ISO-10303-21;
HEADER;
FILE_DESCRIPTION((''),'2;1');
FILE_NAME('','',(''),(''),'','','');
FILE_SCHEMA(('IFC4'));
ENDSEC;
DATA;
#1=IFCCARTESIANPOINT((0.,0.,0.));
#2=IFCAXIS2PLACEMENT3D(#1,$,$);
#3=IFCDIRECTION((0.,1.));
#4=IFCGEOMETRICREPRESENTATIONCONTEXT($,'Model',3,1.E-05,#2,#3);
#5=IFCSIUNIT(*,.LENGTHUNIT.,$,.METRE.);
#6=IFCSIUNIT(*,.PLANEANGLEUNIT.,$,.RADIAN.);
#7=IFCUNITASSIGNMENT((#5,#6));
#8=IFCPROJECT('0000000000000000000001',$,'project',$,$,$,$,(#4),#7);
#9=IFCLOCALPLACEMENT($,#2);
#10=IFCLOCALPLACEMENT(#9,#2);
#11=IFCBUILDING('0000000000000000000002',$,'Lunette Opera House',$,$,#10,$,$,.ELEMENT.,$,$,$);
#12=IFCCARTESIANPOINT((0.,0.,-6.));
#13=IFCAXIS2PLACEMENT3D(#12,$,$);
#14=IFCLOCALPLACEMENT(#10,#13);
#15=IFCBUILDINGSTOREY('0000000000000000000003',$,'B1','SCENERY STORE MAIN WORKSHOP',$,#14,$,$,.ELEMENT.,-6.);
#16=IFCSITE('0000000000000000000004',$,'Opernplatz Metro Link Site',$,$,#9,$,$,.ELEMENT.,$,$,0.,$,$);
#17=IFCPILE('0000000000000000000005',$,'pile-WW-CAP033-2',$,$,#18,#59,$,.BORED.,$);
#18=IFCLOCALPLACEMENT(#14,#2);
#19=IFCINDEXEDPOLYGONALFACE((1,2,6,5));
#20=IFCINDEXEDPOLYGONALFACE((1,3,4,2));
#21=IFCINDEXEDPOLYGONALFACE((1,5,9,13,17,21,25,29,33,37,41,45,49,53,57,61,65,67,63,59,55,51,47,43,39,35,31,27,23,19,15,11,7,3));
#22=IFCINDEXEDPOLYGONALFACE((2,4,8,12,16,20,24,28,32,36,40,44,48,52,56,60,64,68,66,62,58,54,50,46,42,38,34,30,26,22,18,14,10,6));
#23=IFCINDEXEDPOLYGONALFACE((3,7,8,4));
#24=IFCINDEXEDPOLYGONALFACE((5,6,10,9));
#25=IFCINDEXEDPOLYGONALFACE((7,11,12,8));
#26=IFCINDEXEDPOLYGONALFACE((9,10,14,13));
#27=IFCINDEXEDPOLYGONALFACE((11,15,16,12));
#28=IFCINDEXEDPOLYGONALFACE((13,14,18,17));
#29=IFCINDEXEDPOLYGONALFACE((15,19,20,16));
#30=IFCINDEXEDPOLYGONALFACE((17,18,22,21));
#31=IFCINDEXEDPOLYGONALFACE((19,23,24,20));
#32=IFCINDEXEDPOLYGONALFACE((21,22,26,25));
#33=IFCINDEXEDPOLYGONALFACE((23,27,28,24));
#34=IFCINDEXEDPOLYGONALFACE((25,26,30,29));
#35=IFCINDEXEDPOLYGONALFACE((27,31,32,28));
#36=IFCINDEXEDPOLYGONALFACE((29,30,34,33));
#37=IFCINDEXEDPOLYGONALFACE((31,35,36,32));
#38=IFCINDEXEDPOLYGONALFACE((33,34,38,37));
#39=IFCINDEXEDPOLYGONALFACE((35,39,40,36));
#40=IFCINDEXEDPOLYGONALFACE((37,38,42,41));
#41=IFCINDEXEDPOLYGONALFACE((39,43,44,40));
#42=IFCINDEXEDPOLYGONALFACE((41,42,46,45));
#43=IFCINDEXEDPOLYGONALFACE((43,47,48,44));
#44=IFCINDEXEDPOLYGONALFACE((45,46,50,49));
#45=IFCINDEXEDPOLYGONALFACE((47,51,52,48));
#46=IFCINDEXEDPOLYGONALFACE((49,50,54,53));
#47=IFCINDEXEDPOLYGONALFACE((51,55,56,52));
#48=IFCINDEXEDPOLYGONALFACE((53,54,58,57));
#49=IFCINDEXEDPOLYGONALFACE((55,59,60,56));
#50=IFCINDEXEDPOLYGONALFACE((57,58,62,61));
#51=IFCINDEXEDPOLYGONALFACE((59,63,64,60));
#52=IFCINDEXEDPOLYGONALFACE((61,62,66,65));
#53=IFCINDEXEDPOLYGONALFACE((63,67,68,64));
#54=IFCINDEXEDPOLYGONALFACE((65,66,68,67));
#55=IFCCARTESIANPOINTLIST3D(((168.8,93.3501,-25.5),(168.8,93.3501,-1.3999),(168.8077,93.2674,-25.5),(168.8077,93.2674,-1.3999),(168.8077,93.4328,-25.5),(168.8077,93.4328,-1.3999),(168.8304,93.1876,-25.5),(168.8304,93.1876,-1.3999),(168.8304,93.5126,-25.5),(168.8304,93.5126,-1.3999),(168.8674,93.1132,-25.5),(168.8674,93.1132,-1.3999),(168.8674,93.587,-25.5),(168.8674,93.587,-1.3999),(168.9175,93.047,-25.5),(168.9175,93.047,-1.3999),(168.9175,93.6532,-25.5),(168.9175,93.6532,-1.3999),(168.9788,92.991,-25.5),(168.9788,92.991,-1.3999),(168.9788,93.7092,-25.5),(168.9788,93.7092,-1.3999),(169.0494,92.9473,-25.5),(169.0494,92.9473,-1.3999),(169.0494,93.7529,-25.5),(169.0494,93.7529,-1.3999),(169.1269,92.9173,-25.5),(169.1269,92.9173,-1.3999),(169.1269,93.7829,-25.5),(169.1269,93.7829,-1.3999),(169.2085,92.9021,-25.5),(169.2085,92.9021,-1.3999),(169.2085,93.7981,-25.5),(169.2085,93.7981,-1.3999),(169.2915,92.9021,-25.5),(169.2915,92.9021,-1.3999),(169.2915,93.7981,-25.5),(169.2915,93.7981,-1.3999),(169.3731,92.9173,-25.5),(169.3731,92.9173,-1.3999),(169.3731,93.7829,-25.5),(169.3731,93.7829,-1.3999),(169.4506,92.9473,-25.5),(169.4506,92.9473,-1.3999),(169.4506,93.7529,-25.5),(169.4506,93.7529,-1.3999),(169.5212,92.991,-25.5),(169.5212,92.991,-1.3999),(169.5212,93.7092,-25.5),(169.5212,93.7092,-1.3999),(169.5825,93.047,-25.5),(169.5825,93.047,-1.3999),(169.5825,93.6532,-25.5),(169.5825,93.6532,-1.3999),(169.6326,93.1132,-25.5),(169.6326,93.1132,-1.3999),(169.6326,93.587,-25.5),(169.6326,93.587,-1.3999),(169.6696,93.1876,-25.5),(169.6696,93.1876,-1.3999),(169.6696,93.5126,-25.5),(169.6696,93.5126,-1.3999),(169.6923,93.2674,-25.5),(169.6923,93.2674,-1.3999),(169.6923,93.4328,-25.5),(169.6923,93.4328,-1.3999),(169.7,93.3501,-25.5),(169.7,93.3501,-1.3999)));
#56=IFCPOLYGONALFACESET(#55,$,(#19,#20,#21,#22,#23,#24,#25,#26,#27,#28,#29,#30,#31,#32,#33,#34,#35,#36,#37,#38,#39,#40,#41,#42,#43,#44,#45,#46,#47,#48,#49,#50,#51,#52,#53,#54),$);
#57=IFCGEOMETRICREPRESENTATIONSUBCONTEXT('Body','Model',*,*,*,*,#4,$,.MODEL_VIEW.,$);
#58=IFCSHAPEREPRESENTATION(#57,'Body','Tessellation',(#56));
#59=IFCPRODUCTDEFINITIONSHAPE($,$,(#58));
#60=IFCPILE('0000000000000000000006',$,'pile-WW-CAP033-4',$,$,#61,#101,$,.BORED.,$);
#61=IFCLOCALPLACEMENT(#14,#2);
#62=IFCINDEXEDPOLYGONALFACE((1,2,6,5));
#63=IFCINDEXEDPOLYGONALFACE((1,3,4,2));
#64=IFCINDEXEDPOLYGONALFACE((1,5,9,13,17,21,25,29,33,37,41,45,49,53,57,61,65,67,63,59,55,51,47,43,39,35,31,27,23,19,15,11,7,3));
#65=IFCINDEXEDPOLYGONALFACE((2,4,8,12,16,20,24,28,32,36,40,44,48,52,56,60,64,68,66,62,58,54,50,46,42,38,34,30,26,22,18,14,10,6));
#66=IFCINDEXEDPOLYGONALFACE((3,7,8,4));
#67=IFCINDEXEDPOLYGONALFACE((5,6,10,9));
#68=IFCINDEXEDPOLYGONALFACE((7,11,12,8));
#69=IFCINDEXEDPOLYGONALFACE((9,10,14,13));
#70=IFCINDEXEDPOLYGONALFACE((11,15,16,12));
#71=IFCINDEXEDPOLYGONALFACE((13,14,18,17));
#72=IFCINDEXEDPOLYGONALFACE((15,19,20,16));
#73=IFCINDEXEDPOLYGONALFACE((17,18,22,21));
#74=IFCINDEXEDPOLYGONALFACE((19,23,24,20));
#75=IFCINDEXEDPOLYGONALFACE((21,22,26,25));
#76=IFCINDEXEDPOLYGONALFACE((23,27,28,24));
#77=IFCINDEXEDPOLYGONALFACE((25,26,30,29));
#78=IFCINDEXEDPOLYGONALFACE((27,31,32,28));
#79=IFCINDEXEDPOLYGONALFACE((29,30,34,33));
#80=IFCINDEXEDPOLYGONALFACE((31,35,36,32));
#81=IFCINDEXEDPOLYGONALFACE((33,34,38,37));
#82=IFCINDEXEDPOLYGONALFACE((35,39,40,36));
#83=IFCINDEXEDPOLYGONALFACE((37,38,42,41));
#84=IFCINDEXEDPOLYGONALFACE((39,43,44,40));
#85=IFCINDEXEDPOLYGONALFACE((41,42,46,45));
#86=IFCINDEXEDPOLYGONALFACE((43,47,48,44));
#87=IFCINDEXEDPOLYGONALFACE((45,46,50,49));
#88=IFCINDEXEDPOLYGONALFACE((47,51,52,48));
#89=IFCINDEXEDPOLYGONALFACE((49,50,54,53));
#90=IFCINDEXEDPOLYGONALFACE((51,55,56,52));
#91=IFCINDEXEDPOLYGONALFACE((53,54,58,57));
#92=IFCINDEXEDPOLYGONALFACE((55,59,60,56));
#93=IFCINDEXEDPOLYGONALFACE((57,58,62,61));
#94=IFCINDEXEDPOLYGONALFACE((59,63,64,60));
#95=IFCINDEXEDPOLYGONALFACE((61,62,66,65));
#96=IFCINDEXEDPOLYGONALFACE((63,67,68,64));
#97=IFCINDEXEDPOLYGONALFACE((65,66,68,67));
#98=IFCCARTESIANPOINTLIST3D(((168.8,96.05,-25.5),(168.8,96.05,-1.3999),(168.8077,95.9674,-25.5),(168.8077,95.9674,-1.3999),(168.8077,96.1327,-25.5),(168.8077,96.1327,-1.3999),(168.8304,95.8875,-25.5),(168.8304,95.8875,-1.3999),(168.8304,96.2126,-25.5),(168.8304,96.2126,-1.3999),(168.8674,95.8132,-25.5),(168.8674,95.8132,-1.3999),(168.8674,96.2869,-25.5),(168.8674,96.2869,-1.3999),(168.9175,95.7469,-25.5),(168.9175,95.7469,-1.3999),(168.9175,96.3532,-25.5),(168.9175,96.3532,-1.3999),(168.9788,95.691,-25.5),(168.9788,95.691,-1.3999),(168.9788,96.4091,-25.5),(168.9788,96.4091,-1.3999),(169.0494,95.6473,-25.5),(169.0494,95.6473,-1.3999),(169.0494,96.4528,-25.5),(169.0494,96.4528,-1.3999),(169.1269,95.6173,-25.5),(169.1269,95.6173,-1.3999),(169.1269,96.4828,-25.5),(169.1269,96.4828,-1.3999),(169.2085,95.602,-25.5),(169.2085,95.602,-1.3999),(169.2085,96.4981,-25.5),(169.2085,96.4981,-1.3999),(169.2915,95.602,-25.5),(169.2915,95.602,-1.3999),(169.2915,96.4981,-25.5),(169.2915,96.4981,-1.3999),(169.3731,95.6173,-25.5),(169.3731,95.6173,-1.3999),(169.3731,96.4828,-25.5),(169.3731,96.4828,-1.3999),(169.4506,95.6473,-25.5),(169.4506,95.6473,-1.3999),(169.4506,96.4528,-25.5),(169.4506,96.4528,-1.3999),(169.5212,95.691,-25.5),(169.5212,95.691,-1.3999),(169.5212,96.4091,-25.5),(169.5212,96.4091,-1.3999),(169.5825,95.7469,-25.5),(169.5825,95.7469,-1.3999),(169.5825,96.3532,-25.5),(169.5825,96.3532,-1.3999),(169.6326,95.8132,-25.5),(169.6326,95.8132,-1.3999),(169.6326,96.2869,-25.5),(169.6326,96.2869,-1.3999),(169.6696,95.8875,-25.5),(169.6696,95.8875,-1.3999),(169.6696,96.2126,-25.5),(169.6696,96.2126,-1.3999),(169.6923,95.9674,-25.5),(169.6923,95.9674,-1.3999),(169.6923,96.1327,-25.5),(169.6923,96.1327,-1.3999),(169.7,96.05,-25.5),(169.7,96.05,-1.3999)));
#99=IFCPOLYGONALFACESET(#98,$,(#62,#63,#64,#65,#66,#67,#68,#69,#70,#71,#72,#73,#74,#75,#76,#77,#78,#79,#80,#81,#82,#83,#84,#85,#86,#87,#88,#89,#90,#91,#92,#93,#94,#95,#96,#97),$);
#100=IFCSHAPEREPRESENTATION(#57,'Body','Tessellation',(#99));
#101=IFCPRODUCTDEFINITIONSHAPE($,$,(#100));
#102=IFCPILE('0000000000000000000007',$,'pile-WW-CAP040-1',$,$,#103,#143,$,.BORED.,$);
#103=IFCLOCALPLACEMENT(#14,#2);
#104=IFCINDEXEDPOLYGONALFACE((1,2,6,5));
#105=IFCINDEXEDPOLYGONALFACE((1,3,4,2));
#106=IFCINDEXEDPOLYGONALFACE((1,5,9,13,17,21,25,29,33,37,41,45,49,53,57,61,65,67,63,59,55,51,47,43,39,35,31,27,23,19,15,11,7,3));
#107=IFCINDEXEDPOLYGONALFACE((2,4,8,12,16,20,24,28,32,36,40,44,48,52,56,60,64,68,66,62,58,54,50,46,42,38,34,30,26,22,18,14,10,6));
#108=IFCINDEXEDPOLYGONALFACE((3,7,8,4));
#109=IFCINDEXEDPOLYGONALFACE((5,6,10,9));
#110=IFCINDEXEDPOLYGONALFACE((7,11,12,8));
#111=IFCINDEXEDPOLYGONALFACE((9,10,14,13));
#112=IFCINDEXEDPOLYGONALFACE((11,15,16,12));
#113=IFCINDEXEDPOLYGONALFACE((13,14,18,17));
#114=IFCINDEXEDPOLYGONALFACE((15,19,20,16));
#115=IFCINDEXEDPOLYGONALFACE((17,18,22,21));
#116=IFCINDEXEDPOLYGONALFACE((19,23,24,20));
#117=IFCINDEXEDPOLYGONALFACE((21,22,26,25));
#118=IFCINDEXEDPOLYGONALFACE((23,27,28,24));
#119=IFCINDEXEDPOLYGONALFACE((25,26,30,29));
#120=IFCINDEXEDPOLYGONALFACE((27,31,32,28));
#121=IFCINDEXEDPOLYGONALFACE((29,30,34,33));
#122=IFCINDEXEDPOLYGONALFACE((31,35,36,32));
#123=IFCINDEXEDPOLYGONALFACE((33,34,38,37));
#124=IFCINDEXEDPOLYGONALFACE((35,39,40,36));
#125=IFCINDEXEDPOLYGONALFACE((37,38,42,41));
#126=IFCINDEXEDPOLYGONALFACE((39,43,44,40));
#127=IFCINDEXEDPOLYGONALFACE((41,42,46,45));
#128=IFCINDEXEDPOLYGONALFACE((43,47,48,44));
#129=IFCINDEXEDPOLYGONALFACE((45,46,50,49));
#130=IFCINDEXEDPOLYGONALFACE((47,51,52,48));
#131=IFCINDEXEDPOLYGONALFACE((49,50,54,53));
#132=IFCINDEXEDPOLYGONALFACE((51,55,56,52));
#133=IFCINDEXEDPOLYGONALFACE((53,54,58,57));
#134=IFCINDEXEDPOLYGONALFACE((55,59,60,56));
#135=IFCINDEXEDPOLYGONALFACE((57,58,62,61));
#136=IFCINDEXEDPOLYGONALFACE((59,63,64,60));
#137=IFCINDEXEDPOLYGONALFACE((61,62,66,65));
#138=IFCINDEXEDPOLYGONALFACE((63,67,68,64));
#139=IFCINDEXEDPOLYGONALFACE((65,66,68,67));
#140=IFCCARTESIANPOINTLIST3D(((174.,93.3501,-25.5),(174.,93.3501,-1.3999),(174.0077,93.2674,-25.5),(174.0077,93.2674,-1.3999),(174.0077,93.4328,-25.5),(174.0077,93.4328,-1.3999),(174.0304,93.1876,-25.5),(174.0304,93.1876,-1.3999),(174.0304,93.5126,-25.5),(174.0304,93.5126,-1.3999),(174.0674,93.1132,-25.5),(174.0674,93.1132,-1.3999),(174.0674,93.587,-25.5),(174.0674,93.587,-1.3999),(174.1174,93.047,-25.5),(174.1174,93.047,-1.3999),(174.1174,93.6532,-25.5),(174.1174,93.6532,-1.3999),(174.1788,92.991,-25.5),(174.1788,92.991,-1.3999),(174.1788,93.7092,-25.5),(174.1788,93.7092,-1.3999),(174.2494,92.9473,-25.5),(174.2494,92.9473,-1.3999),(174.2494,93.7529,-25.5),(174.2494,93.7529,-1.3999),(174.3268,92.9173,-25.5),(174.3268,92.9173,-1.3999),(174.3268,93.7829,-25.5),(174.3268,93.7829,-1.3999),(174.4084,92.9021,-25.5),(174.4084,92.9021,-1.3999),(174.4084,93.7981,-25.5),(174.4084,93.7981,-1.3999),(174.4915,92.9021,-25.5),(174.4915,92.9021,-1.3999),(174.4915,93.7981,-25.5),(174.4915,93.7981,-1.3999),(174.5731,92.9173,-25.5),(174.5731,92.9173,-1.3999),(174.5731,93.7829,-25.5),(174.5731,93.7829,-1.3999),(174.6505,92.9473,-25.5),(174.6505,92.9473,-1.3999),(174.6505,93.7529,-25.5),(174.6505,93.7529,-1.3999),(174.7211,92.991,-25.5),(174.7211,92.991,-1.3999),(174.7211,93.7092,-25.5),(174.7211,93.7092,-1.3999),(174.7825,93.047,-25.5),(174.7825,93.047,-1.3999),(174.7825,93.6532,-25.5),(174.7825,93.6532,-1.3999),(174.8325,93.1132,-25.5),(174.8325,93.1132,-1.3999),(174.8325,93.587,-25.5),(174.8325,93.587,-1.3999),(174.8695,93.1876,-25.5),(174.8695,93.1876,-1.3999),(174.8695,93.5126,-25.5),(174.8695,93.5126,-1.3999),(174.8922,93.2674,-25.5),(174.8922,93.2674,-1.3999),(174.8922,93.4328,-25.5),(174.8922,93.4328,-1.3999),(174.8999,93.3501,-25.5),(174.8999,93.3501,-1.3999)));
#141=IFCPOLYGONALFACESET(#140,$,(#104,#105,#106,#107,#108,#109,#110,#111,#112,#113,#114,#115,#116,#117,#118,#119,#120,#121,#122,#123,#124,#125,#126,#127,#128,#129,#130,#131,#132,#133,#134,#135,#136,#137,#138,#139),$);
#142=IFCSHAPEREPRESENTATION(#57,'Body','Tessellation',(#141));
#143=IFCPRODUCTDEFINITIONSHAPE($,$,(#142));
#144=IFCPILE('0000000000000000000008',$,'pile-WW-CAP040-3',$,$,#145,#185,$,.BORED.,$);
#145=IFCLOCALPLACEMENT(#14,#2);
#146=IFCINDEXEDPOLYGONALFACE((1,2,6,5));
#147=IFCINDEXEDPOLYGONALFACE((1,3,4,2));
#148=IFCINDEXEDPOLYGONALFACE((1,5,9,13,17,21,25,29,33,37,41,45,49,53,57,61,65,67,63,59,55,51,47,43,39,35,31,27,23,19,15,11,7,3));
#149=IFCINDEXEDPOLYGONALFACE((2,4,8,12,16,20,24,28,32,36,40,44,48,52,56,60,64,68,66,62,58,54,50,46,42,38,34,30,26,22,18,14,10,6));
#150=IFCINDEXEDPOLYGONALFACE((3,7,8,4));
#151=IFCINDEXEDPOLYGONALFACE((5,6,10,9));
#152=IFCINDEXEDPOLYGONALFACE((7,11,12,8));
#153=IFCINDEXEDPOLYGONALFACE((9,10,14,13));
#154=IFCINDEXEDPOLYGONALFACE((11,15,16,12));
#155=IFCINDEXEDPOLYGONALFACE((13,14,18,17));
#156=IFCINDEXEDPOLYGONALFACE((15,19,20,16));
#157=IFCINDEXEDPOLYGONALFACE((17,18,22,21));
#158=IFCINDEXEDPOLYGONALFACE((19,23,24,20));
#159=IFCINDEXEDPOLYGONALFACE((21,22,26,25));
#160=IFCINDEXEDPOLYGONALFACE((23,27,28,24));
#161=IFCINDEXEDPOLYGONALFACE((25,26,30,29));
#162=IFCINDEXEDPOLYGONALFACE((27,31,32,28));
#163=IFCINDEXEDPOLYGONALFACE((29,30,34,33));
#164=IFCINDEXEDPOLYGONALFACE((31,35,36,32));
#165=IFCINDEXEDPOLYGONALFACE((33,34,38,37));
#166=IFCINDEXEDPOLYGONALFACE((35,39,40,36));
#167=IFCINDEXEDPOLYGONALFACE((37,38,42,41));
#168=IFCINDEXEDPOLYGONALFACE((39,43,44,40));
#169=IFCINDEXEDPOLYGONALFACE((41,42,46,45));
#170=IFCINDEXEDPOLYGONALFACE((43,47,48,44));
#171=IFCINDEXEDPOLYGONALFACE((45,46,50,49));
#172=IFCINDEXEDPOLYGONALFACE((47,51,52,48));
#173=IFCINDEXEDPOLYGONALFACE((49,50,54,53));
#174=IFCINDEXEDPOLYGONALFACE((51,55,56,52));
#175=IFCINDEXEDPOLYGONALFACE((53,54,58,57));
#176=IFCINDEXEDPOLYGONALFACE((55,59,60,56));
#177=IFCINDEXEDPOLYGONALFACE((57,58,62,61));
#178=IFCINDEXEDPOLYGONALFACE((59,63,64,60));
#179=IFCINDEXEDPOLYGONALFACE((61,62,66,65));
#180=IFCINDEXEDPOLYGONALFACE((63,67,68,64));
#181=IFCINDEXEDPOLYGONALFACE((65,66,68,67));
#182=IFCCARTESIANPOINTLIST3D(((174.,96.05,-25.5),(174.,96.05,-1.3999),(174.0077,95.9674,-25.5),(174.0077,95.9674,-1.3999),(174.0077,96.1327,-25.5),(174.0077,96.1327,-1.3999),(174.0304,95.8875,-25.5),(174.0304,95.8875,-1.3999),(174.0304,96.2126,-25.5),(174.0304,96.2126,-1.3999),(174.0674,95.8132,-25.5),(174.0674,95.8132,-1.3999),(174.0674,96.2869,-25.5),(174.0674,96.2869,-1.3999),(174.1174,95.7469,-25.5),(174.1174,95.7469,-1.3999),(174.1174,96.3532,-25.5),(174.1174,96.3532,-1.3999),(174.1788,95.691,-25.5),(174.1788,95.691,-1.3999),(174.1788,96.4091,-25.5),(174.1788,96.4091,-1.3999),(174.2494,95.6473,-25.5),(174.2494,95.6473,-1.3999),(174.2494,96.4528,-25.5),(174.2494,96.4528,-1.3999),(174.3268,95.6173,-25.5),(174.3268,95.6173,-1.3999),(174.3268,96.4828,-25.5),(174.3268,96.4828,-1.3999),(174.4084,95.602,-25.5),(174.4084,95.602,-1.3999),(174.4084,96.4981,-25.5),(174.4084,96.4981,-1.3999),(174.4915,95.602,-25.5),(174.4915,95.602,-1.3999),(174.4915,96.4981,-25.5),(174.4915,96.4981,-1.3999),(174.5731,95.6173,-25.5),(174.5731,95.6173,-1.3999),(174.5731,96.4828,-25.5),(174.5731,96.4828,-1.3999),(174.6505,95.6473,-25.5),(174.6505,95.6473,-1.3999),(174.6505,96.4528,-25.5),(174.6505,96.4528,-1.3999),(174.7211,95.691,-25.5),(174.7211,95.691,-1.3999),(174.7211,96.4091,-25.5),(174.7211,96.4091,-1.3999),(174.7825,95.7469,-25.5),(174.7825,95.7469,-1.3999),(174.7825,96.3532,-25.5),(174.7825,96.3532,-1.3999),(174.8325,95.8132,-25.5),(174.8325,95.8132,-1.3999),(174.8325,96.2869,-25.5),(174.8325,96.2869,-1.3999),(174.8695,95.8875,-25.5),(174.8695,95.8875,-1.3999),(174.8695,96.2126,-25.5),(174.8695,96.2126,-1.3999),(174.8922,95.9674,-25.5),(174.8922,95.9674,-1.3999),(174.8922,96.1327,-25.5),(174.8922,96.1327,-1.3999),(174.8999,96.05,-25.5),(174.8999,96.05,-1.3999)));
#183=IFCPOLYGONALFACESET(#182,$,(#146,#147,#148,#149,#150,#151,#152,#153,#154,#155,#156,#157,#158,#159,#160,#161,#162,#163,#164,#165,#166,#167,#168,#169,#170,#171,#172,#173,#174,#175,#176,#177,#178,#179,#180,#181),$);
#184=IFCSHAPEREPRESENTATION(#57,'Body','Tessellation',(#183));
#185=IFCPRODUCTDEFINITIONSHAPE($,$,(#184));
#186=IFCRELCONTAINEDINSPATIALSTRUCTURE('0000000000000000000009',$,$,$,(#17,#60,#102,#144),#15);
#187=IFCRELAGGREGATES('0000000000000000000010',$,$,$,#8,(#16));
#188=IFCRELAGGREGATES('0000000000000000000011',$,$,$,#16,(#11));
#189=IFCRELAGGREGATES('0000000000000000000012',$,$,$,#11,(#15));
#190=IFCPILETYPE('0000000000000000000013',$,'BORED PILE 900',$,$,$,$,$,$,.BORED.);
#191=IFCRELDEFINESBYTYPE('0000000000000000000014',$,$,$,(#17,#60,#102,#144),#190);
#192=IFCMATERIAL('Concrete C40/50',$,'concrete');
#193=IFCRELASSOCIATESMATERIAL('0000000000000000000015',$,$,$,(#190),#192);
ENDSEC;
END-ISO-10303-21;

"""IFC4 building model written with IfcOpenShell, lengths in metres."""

from ifc_helpers import new_model, si_unit, direction, frame, origin, origin_2d, place, context, subcontext, project, spatial, circle, extrude, material, material_profile, profile_set, type_object, element, save


model = new_model("IFC4")

# Units and contexts
model_context = context("Model", 3, precision=1e-05, world=origin(), true_north=direction((0.0, 1.0)))
body_context = subcontext(model_context, "Body", "Model", "MODEL_VIEW")
ifc_project = project(units=[si_unit("LENGTHUNIT", "METRE"), si_unit("PLANEANGLEUNIT", "RADIAN")], contexts=[model_context])

# Site, building, storey
site_placement = place(None, origin())
site = spatial("IfcSite", under=ifc_project, at=site_placement, Name="Opernplatz Metro Link Site", CompositionType="ELEMENT", RefElevation=0.0)
building_placement = place(site_placement, origin())
building = spatial("IfcBuilding", under=site, at=building_placement, Name="Lunette Opera House", CompositionType="ELEMENT")
storey_placement = place(building_placement, frame((0.0, 0.0, -6.0)))
storey = spatial("IfcBuildingStorey", under=building, at=storey_placement, Name="B1", Description="SCENERY STORE MAIN WORKSHOP", CompositionType="ELEMENT", Elevation=-6.0)

# Piles
ifc_material_1 = material(Name="Concrete C40/50", Category="concrete")
ifc_material_profile_1 = material_profile(ifc_material_1, circle(Radius=0.45, at=origin_2d()), Name="BORED PILE 900")
ifc_profile_set_1 = profile_set([ifc_material_profile_1], Name="Concrete C40/50")
pile_type = type_object("IfcPileType", Name="BORED PILE 900", PredefinedType="BORED", material=ifc_profile_set_1)
for number, where, z_axis, x_axis, name in (
    (1, (169.25, 93.3501, -1.3999), (0.0, 0.0, -1.0), (1.0, 0.0, 0.0), "pile-WW-CAP033-2"),
    (2, (169.25, 96.05, -1.3999), (0.0, 0.0, -1.0), (1.0, 0.0, 0.0), "pile-WW-CAP033-4"),
    (3, (174.45, 93.3501, -1.3999), (0.0, 0.0, -1.0), (1.0, 0.0, 0.0), "pile-WW-CAP040-1"),
    (4, (174.45, 96.05, -1.3999), (0.0, 0.0, -1.0), (1.0, 0.0, 0.0), "pile-WW-CAP040-3"),
):
    element("IfcPile", number, at=place(storey_placement, frame(where, z_axis=z_axis, x_axis=x_axis)), inside=storey, type_object=pile_type, Name=name, PredefinedType="BORED", context=body_context, shape_type="SweptSolid", body=[
        extrude(circle(Radius=0.45, at=origin_2d()), origin(), (0.0, 0.0, 1.0), 24.1001),
    ])

save(model, "model.ifc")
